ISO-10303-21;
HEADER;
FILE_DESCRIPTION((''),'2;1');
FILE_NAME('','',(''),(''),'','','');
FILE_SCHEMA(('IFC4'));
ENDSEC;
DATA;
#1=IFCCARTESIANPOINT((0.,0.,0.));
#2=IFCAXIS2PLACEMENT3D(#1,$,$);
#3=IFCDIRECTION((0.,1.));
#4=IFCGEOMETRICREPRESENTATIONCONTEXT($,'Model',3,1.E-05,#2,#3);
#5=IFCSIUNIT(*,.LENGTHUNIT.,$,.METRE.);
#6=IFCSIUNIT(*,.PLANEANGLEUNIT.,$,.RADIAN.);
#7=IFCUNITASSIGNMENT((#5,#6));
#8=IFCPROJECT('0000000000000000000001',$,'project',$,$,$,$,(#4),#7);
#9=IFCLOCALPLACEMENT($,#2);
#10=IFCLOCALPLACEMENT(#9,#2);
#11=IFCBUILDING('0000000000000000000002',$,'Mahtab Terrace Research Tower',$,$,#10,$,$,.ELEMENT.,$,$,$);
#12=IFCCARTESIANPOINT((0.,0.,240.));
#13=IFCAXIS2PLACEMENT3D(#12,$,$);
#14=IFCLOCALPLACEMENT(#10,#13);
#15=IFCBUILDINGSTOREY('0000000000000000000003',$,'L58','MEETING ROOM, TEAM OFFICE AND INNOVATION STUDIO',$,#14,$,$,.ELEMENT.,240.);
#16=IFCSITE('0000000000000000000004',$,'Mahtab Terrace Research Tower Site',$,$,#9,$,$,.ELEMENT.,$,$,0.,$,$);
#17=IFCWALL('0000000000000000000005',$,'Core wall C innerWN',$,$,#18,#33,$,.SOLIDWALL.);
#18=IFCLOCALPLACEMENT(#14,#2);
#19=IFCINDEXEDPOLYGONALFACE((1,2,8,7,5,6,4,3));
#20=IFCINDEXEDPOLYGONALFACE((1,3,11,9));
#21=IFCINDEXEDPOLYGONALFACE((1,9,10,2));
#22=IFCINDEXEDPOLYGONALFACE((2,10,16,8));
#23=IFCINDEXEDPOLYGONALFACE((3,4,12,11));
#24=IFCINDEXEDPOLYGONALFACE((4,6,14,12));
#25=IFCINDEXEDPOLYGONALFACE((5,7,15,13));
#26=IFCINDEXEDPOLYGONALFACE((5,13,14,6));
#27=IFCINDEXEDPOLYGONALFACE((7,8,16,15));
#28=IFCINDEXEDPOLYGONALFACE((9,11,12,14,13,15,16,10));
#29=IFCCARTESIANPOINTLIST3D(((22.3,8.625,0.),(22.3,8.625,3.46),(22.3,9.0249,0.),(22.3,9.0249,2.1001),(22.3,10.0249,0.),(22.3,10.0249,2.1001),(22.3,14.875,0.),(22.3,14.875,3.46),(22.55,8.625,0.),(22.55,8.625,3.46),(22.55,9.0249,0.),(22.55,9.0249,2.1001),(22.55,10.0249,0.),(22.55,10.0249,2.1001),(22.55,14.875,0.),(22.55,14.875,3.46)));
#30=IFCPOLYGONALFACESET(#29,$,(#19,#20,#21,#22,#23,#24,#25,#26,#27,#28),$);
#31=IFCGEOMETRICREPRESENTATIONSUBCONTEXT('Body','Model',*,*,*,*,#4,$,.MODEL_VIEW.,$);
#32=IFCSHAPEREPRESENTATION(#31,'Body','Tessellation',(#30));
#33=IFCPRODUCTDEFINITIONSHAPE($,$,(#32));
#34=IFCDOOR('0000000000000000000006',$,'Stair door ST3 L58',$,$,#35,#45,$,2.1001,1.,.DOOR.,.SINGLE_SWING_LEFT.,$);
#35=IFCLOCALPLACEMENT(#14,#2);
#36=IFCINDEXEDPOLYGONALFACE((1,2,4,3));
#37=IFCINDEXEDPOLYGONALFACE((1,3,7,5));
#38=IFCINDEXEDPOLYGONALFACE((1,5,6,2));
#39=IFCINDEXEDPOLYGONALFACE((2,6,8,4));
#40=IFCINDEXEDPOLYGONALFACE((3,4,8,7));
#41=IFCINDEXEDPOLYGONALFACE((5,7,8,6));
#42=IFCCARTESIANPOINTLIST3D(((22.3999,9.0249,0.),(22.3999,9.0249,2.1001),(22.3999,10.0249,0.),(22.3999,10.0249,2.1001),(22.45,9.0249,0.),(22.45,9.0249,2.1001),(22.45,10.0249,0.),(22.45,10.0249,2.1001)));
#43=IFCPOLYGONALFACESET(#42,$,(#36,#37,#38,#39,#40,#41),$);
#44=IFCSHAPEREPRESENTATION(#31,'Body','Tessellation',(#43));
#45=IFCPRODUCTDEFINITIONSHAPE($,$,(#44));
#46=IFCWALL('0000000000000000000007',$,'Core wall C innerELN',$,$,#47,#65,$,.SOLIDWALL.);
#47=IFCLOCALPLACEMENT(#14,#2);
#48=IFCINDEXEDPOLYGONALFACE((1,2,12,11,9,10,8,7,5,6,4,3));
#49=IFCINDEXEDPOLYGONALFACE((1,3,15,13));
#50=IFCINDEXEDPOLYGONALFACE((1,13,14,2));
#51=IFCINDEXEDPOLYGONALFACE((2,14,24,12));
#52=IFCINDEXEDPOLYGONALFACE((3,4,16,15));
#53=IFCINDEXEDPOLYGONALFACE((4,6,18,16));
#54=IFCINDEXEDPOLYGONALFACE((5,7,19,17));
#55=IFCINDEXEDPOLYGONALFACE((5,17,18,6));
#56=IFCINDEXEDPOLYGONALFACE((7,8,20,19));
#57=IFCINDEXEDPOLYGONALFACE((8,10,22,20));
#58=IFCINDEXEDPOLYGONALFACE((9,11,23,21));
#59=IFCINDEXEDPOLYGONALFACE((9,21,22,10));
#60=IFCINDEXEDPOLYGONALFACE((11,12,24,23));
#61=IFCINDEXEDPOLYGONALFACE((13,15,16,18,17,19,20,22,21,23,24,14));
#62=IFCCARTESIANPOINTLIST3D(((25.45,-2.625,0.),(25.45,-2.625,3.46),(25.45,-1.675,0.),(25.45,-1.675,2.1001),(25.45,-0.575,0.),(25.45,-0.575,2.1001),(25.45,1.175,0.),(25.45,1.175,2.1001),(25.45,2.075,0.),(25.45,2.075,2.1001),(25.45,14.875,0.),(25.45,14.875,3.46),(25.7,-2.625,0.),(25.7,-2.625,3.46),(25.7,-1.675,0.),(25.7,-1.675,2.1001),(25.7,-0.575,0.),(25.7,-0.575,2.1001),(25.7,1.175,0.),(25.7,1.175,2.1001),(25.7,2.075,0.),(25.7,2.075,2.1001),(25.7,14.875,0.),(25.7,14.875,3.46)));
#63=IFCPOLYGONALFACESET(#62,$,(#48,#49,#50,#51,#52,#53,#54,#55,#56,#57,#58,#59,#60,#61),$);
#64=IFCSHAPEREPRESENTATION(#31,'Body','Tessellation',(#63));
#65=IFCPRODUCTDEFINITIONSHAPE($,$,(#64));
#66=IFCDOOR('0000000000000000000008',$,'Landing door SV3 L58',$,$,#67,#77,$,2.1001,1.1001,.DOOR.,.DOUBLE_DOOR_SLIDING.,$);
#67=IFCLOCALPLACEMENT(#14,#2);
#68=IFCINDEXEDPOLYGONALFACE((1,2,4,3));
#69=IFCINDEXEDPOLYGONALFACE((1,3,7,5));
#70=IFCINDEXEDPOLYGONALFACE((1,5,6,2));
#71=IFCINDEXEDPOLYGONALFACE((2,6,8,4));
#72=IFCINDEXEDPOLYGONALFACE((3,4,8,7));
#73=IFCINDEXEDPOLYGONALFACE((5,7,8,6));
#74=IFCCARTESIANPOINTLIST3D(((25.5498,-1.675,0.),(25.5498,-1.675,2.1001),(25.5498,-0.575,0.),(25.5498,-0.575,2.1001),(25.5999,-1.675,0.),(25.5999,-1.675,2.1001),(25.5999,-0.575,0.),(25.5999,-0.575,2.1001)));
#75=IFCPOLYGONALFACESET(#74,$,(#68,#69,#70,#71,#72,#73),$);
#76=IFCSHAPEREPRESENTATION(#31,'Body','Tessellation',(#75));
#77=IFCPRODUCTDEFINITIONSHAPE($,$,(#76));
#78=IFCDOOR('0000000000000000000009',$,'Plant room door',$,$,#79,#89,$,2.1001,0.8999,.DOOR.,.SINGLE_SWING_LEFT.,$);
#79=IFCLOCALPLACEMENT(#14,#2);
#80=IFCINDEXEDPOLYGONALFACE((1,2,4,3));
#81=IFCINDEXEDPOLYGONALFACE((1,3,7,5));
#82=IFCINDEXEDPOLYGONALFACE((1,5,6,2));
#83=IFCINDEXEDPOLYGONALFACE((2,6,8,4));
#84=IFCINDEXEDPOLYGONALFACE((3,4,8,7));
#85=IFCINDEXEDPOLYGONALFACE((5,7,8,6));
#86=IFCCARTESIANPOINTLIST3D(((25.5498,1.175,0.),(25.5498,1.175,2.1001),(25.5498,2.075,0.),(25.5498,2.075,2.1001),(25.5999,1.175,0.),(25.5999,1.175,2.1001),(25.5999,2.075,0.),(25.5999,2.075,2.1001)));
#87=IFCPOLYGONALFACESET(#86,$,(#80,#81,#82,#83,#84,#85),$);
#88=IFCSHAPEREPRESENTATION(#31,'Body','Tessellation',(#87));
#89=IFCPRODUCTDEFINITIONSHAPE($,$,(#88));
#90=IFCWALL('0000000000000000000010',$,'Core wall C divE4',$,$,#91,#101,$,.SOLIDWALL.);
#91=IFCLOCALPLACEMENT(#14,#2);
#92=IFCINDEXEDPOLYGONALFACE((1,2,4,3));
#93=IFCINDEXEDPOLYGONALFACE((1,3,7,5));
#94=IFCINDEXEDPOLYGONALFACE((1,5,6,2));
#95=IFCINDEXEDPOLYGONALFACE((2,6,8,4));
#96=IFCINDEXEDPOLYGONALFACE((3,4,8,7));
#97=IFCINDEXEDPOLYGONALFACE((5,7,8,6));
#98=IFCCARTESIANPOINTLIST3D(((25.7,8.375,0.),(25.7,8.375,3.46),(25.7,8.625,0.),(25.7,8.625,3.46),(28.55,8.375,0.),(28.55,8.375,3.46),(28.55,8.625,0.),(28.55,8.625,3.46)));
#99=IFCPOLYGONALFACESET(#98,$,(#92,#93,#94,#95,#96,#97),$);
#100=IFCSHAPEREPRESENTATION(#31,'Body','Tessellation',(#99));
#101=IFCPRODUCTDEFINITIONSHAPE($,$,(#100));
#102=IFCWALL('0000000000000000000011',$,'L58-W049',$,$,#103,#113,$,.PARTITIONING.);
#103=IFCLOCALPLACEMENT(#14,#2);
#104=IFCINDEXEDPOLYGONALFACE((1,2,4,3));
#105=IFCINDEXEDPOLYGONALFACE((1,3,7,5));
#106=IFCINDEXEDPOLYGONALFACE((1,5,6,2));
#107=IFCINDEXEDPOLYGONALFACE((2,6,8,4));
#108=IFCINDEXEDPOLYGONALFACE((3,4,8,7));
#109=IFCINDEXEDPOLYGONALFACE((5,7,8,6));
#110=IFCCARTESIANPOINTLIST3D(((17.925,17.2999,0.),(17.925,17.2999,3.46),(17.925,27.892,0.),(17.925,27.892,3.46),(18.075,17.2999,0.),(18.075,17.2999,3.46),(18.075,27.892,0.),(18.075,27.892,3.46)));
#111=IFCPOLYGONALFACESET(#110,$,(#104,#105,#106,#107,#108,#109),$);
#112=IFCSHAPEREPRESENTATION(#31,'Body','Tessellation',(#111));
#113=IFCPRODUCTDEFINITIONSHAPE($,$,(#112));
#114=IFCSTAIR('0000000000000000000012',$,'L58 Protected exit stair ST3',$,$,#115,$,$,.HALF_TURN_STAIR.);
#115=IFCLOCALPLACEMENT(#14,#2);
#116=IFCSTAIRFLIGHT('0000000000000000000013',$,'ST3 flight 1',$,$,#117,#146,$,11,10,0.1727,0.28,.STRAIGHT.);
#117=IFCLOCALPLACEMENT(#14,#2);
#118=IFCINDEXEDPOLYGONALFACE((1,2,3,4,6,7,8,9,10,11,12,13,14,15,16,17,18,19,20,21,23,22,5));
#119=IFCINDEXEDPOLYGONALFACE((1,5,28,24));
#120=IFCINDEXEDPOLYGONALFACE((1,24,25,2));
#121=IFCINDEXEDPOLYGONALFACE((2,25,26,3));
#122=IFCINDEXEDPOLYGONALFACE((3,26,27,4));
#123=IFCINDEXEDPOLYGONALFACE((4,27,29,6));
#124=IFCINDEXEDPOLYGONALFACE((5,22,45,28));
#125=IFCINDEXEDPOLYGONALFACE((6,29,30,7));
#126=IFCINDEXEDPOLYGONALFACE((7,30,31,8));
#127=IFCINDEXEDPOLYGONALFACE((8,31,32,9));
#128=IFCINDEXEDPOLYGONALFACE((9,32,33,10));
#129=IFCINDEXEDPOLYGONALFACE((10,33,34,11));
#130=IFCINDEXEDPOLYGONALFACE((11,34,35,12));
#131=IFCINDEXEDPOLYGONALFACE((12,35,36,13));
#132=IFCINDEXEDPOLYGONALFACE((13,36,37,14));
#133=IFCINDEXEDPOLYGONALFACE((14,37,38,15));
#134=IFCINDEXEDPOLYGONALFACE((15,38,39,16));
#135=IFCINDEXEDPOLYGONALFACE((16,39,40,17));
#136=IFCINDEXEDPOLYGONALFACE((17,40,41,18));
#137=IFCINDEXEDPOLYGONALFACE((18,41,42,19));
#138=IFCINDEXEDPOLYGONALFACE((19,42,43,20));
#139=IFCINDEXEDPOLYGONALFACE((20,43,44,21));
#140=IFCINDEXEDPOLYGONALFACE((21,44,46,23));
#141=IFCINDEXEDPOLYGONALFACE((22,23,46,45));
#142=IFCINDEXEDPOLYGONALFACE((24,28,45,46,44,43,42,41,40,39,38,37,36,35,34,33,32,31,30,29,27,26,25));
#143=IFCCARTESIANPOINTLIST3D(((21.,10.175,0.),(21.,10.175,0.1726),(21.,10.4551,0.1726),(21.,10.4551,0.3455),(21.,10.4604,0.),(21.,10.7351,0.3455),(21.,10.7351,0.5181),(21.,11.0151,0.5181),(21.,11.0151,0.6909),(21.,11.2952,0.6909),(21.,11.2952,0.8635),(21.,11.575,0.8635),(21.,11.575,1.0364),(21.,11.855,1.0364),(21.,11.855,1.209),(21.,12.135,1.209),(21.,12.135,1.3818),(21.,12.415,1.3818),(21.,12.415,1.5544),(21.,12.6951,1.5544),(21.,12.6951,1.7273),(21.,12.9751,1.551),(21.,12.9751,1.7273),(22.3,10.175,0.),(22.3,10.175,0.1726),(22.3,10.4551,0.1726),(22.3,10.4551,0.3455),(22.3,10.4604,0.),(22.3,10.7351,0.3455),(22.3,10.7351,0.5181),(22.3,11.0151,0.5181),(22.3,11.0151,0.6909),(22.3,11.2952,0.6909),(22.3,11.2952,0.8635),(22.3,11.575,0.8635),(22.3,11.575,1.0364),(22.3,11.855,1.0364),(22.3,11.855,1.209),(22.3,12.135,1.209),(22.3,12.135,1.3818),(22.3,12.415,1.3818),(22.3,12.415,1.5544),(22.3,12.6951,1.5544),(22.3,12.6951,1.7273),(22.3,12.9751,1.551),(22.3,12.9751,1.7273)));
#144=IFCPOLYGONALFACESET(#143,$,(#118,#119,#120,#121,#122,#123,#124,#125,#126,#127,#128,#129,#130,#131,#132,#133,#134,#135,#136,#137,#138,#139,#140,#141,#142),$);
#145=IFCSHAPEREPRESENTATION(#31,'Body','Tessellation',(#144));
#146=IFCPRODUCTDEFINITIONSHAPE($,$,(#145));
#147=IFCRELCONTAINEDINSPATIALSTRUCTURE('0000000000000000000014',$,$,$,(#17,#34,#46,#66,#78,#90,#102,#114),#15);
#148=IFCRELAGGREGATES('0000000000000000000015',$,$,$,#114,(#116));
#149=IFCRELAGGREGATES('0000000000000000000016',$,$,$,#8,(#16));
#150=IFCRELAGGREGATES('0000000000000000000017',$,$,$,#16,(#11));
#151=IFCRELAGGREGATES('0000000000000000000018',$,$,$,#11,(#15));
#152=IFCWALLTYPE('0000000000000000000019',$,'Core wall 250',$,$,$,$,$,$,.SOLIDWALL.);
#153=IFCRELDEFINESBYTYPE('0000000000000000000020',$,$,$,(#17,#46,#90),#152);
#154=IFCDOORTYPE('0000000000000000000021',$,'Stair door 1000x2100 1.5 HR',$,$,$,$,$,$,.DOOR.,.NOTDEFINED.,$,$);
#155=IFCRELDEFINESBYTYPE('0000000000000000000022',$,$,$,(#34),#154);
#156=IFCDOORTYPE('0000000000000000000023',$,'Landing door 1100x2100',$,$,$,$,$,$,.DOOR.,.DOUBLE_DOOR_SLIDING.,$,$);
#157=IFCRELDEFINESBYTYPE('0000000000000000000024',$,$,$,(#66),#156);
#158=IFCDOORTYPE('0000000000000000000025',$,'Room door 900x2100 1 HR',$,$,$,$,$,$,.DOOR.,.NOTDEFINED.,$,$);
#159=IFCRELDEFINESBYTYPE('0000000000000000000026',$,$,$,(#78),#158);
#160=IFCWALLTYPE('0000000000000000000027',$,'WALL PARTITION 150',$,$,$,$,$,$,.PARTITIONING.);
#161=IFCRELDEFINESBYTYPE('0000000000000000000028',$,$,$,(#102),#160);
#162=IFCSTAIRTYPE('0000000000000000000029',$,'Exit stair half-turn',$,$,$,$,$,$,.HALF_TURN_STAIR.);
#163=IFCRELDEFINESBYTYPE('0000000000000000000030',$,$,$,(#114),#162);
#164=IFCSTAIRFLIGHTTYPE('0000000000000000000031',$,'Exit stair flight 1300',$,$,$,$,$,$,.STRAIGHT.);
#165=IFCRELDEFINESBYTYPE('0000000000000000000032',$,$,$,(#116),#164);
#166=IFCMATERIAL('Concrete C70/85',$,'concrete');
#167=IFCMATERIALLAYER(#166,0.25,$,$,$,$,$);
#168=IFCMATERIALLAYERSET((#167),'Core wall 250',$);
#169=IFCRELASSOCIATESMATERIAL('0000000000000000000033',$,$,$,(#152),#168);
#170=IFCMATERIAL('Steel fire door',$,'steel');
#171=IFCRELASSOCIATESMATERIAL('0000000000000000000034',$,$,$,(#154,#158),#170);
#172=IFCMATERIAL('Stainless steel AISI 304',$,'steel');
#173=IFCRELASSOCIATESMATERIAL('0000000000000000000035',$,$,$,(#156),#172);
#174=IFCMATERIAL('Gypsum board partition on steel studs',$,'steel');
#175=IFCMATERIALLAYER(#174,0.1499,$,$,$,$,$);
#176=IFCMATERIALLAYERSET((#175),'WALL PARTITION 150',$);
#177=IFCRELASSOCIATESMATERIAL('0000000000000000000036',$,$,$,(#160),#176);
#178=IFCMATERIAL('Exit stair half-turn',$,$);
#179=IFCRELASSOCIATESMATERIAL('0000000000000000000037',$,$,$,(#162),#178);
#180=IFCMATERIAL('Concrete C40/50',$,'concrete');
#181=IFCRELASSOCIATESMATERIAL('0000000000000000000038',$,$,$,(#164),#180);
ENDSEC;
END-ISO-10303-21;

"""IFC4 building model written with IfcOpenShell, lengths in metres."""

from ifc_helpers import new_model, si_unit, direction, frame, frame_2d, origin, place, context, subcontext, project, spatial, polyline, rectangle, outline, extrude, material, layer, layer_set, type_object, element, fill, aggregate, save


model = new_model("IFC4")

# Units and contexts
model_context = context("Model", 3, precision=1e-05, world=origin(), true_north=direction((0.0, 1.0)))
body_context = subcontext(model_context, "Body", "Model", "MODEL_VIEW")
ifc_project = project(units=[si_unit("LENGTHUNIT", "METRE"), si_unit("PLANEANGLEUNIT", "RADIAN")], contexts=[model_context])

# Site, building, storey
site_placement = place(None, origin())
site = spatial("IfcSite", under=ifc_project, at=site_placement, Name="Mahtab Terrace Research Tower Site", CompositionType="ELEMENT", RefElevation=0.0)
building_placement = place(site_placement, origin())
building = spatial("IfcBuilding", under=site, at=building_placement, Name="Mahtab Terrace Research Tower", CompositionType="ELEMENT")
storey_placement = place(building_placement, frame((0.0, 0.0, 240.0)))
storey = spatial("IfcBuildingStorey", under=building, at=storey_placement, Name="L58", Description="MEETING ROOM, TEAM OFFICE AND INNOVATION STUDIO", CompositionType="ELEMENT", Elevation=240.0)

# Shared definitions
ifc_material_1 = material(Name="Concrete C70/85", Category="concrete")

# Shared definitions
ifc_layer_1 = layer(ifc_material_1, 0.25)
ifc_layer_set_1 = layer_set([ifc_layer_1], Name="Core wall 250")
wall_type_1 = type_object("IfcWallType", Name="Core wall 250", PredefinedType="SOLIDWALL", material=ifc_layer_set_1)

# Wall, opening, door
ifc_material_2 = material(Name="Steel fire door", Category="steel")
wall_1_placement = place(storey_placement, frame((22.425, 14.875, 0.0), z_axis=(0.0, 0.0, 1.0), x_axis=(0.0, -1.0, 0.0)))
wall_1 = element("IfcWall", 1, at=wall_1_placement, inside=storey, type_object=wall_type_1, Name="Core wall C innerWN", PredefinedType="SOLIDWALL", context=body_context, shape_type="SweptSolid", body=[
    extrude(rectangle(XDim=6.25, YDim=0.25, at=frame_2d((3.125, 0.0))), origin(), (0.0, 0.0, 1.0), 3.46),
])
opening_1_placement = place(wall_1_placement, frame((4.8501, 0.0, 0.0)))
opening_1 = element("IfcOpeningElement", 2, at=opening_1_placement, cuts=wall_1, PredefinedType="OPENING", context=body_context, shape_type="SweptSolid", body=[
    extrude(rectangle(XDim=1.0, YDim=2.1001, at=frame_2d((0.5, 1.05))), frame((0.0, 0.135, 0.0), z_axis=(0.0, -1.0, 0.0), x_axis=(1.0, 0.0, 0.0)), (0.0, 0.0, 1.0), 0.27),
])
door_type_1 = type_object("IfcDoorType", Name="Stair door 1000x2100 1.5 HR", OperationType="NOTDEFINED", PredefinedType="DOOR", material=ifc_material_2)
door_1_placement = place(opening_1_placement, origin())
door_1 = element("IfcDoor", 3, at=door_1_placement, inside=storey, type_object=door_type_1, Name="Stair door ST3 L58", OperationType="SINGLE_SWING_LEFT", OverallHeight=2.1001, OverallWidth=1.0, PredefinedType="DOOR", context=body_context, shape_type="SweptSolid", body=[
    extrude(rectangle(XDim=1.0, YDim=2.1001, at=frame_2d((0.5, 1.05))), frame((0.0, 0.0249, 0.0), z_axis=(0.0, -1.0, 0.0), x_axis=(1.0, 0.0, 0.0)), (0.0, 0.0, 1.0), 0.05),
])
fill(opening_1, door_1)

# Wall, openings, doors
wall_2_placement = place(storey_placement, frame((25.575, 14.875, 0.0), z_axis=(0.0, 0.0, 1.0), x_axis=(0.0, -1.0, 0.0)))
wall_2 = element("IfcWall", 4, at=wall_2_placement, inside=storey, type_object=wall_type_1, Name="Core wall C innerELN", PredefinedType="SOLIDWALL", context=body_context, shape_type="SweptSolid", body=[
    extrude(rectangle(XDim=17.5, YDim=0.25, at=frame_2d((8.75, 0.0))), origin(), (0.0, 0.0, 1.0), 3.46),
])
opening_2_placement = place(wall_2_placement, frame((15.45, 0.0, 0.0)))
opening_2 = element("IfcOpeningElement", 5, at=opening_2_placement, cuts=wall_2, PredefinedType="OPENING", context=body_context, shape_type="SweptSolid", body=[
    extrude(rectangle(XDim=1.1001, YDim=2.1001, at=frame_2d((0.55, 1.05))), frame((0.0, 0.135, 0.0), z_axis=(0.0, -1.0, 0.0), x_axis=(1.0, 0.0, 0.0)), (0.0, 0.0, 1.0), 0.27),
])
opening_3_placement = place(wall_2_placement, frame((12.8, 0.0, 0.0)))
opening_3 = element("IfcOpeningElement", 6, at=opening_3_placement, cuts=wall_2, PredefinedType="OPENING", context=body_context, shape_type="SweptSolid", body=[
    extrude(rectangle(XDim=0.8999, YDim=2.1001, at=frame_2d((0.45, 1.05))), frame((0.0, 0.135, 0.0), z_axis=(0.0, -1.0, 0.0), x_axis=(1.0, 0.0, 0.0)), (0.0, 0.0, 1.0), 0.27),
])
ifc_material_3 = material(Name="Stainless steel AISI 304", Category="steel")
door_type_2 = type_object("IfcDoorType", Name="Landing door 1100x2100", OperationType="DOUBLE_DOOR_SLIDING", PredefinedType="DOOR", material=ifc_material_3)
door_2_placement = place(opening_2_placement, origin())
door_2 = element("IfcDoor", 7, at=door_2_placement, inside=storey, type_object=door_type_2, Name="Landing door SV3 L58", OperationType="DOUBLE_DOOR_SLIDING", OverallHeight=2.1001, OverallWidth=1.1001, PredefinedType="DOOR", context=body_context, shape_type="SweptSolid", body=[
    extrude(rectangle(XDim=1.1001, YDim=2.1001, at=frame_2d((0.55, 1.05))), frame((0.0, 0.0249, 0.0), z_axis=(0.0, -1.0, 0.0), x_axis=(1.0, 0.0, 0.0)), (0.0, 0.0, 1.0), 0.05),
])
fill(opening_2, door_2)
door_type_3 = type_object("IfcDoorType", Name="Room door 900x2100 1 HR", OperationType="NOTDEFINED", PredefinedType="DOOR", material=ifc_material_2)
door_3_placement = place(opening_3_placement, origin())
door_3 = element("IfcDoor", 8, at=door_3_placement, inside=storey, type_object=door_type_3, Name="Plant room door", OperationType="SINGLE_SWING_LEFT", OverallHeight=2.1001, OverallWidth=0.8999, PredefinedType="DOOR", context=body_context, shape_type="SweptSolid", body=[
    extrude(rectangle(XDim=0.8999, YDim=2.1001, at=frame_2d((0.45, 1.05))), frame((0.0, 0.0249, 0.0), z_axis=(0.0, -1.0, 0.0), x_axis=(1.0, 0.0, 0.0)), (0.0, 0.0, 1.0), 0.05),
])
fill(opening_3, door_3)

# Walls
wall_3_placement = place(storey_placement, frame((25.7, 8.5, 0.0), z_axis=(0.0, 0.0, 1.0), x_axis=(1.0, 0.0, 0.0)))
element("IfcWall", 9, at=wall_3_placement, inside=storey, type_object=wall_type_1, Name="Core wall C divE4", PredefinedType="SOLIDWALL", context=body_context, shape_type="SweptSolid", body=[
    extrude(rectangle(XDim=2.8501, YDim=0.25, at=frame_2d((1.425, 0.0))), origin(), (0.0, 0.0, 1.0), 3.46),
])
ifc_material_4 = material(Name="Gypsum board partition on steel studs", Category="steel")
ifc_layer_2 = layer(ifc_material_4, 0.1499)
ifc_layer_set_2 = layer_set([ifc_layer_2], Name="WALL PARTITION 150")
wall_type_2 = type_object("IfcWallType", Name="WALL PARTITION 150", PredefinedType="PARTITIONING", material=ifc_layer_set_2)
wall_4_placement = place(storey_placement, frame((18.0, 17.3, 0.0), z_axis=(0.0, 0.0, 1.0), x_axis=(0.0, 1.0, 0.0)))
element("IfcWall", 10, at=wall_4_placement, inside=storey, type_object=wall_type_2, Name="L58-W049", PredefinedType="PARTITIONING", context=body_context, shape_type="SweptSolid", body=[
    extrude(rectangle(XDim=10.592, YDim=0.1499, at=frame_2d((5.2959, 0.0))), origin(), (0.0, 0.0, 1.0), 3.46),
])

# Stair, stair flight
ifc_material_5 = material(Name="Exit stair half-turn")
stair_type = type_object("IfcStairType", Name="Exit stair half-turn", PredefinedType="HALF_TURN_STAIR", material=ifc_material_5)
stair_placement = place(storey_placement, origin())
stair = element("IfcStair", 11, at=stair_placement, inside=storey, type_object=stair_type, Name="L58 Protected exit stair ST3", PredefinedType="HALF_TURN_STAIR")
ifc_material_6 = material(Name="Concrete C40/50", Category="concrete")
stair_flight_type = type_object("IfcStairFlightType", Name="Exit stair flight 1300", PredefinedType="STRAIGHT", material=ifc_material_6)
stair_flight_1_placement = place(storey_placement, frame((21.6499, 10.175, 0.0), z_axis=(0.0, 0.0, 1.0), x_axis=(0.0, 1.0, 0.0)))
stair_flight_1 = element("IfcStairFlight", 12, at=stair_flight_1_placement, type_object=stair_flight_type, Name="ST3 flight 1", NumberOfRisers=11, NumberOfTreads=10, PredefinedType="STRAIGHT", RiserHeight=0.1727, TreadLength=0.28, context=body_context, shape_type="SweptSolid", body=[
    extrude(outline(polyline([(0.0, 0.0), (0.0, 0.1726), (0.28, 0.1726), (0.28, 0.3455), (0.5601, 0.3455), (0.5601, 0.5181), (0.8401, 0.5181), (0.8401, 0.6909), (1.1201, 0.6909), (1.1201, 0.8635), (1.3999, 0.8635), (1.3999, 1.0364), (1.6799, 1.0364), (1.6799, 1.209), (1.96, 1.209), (1.96, 1.3818), (2.24, 1.3818), (2.24, 1.5544), (2.52, 1.5544), (2.52, 1.7273), (2.8, 1.7273), (2.8, 1.8999), (2.8, 1.551), (0.2854, 0.0), (0.0, 0.0)])), frame((0.0, 0.6499, 0.0), z_axis=(0.0, -1.0, 0.0), x_axis=(1.0, 0.0, 0.0)), (0.0, 0.0, 1.0), 1.3),
])
aggregate(stair, [stair_flight_1])

save(model, "model.ifc")
